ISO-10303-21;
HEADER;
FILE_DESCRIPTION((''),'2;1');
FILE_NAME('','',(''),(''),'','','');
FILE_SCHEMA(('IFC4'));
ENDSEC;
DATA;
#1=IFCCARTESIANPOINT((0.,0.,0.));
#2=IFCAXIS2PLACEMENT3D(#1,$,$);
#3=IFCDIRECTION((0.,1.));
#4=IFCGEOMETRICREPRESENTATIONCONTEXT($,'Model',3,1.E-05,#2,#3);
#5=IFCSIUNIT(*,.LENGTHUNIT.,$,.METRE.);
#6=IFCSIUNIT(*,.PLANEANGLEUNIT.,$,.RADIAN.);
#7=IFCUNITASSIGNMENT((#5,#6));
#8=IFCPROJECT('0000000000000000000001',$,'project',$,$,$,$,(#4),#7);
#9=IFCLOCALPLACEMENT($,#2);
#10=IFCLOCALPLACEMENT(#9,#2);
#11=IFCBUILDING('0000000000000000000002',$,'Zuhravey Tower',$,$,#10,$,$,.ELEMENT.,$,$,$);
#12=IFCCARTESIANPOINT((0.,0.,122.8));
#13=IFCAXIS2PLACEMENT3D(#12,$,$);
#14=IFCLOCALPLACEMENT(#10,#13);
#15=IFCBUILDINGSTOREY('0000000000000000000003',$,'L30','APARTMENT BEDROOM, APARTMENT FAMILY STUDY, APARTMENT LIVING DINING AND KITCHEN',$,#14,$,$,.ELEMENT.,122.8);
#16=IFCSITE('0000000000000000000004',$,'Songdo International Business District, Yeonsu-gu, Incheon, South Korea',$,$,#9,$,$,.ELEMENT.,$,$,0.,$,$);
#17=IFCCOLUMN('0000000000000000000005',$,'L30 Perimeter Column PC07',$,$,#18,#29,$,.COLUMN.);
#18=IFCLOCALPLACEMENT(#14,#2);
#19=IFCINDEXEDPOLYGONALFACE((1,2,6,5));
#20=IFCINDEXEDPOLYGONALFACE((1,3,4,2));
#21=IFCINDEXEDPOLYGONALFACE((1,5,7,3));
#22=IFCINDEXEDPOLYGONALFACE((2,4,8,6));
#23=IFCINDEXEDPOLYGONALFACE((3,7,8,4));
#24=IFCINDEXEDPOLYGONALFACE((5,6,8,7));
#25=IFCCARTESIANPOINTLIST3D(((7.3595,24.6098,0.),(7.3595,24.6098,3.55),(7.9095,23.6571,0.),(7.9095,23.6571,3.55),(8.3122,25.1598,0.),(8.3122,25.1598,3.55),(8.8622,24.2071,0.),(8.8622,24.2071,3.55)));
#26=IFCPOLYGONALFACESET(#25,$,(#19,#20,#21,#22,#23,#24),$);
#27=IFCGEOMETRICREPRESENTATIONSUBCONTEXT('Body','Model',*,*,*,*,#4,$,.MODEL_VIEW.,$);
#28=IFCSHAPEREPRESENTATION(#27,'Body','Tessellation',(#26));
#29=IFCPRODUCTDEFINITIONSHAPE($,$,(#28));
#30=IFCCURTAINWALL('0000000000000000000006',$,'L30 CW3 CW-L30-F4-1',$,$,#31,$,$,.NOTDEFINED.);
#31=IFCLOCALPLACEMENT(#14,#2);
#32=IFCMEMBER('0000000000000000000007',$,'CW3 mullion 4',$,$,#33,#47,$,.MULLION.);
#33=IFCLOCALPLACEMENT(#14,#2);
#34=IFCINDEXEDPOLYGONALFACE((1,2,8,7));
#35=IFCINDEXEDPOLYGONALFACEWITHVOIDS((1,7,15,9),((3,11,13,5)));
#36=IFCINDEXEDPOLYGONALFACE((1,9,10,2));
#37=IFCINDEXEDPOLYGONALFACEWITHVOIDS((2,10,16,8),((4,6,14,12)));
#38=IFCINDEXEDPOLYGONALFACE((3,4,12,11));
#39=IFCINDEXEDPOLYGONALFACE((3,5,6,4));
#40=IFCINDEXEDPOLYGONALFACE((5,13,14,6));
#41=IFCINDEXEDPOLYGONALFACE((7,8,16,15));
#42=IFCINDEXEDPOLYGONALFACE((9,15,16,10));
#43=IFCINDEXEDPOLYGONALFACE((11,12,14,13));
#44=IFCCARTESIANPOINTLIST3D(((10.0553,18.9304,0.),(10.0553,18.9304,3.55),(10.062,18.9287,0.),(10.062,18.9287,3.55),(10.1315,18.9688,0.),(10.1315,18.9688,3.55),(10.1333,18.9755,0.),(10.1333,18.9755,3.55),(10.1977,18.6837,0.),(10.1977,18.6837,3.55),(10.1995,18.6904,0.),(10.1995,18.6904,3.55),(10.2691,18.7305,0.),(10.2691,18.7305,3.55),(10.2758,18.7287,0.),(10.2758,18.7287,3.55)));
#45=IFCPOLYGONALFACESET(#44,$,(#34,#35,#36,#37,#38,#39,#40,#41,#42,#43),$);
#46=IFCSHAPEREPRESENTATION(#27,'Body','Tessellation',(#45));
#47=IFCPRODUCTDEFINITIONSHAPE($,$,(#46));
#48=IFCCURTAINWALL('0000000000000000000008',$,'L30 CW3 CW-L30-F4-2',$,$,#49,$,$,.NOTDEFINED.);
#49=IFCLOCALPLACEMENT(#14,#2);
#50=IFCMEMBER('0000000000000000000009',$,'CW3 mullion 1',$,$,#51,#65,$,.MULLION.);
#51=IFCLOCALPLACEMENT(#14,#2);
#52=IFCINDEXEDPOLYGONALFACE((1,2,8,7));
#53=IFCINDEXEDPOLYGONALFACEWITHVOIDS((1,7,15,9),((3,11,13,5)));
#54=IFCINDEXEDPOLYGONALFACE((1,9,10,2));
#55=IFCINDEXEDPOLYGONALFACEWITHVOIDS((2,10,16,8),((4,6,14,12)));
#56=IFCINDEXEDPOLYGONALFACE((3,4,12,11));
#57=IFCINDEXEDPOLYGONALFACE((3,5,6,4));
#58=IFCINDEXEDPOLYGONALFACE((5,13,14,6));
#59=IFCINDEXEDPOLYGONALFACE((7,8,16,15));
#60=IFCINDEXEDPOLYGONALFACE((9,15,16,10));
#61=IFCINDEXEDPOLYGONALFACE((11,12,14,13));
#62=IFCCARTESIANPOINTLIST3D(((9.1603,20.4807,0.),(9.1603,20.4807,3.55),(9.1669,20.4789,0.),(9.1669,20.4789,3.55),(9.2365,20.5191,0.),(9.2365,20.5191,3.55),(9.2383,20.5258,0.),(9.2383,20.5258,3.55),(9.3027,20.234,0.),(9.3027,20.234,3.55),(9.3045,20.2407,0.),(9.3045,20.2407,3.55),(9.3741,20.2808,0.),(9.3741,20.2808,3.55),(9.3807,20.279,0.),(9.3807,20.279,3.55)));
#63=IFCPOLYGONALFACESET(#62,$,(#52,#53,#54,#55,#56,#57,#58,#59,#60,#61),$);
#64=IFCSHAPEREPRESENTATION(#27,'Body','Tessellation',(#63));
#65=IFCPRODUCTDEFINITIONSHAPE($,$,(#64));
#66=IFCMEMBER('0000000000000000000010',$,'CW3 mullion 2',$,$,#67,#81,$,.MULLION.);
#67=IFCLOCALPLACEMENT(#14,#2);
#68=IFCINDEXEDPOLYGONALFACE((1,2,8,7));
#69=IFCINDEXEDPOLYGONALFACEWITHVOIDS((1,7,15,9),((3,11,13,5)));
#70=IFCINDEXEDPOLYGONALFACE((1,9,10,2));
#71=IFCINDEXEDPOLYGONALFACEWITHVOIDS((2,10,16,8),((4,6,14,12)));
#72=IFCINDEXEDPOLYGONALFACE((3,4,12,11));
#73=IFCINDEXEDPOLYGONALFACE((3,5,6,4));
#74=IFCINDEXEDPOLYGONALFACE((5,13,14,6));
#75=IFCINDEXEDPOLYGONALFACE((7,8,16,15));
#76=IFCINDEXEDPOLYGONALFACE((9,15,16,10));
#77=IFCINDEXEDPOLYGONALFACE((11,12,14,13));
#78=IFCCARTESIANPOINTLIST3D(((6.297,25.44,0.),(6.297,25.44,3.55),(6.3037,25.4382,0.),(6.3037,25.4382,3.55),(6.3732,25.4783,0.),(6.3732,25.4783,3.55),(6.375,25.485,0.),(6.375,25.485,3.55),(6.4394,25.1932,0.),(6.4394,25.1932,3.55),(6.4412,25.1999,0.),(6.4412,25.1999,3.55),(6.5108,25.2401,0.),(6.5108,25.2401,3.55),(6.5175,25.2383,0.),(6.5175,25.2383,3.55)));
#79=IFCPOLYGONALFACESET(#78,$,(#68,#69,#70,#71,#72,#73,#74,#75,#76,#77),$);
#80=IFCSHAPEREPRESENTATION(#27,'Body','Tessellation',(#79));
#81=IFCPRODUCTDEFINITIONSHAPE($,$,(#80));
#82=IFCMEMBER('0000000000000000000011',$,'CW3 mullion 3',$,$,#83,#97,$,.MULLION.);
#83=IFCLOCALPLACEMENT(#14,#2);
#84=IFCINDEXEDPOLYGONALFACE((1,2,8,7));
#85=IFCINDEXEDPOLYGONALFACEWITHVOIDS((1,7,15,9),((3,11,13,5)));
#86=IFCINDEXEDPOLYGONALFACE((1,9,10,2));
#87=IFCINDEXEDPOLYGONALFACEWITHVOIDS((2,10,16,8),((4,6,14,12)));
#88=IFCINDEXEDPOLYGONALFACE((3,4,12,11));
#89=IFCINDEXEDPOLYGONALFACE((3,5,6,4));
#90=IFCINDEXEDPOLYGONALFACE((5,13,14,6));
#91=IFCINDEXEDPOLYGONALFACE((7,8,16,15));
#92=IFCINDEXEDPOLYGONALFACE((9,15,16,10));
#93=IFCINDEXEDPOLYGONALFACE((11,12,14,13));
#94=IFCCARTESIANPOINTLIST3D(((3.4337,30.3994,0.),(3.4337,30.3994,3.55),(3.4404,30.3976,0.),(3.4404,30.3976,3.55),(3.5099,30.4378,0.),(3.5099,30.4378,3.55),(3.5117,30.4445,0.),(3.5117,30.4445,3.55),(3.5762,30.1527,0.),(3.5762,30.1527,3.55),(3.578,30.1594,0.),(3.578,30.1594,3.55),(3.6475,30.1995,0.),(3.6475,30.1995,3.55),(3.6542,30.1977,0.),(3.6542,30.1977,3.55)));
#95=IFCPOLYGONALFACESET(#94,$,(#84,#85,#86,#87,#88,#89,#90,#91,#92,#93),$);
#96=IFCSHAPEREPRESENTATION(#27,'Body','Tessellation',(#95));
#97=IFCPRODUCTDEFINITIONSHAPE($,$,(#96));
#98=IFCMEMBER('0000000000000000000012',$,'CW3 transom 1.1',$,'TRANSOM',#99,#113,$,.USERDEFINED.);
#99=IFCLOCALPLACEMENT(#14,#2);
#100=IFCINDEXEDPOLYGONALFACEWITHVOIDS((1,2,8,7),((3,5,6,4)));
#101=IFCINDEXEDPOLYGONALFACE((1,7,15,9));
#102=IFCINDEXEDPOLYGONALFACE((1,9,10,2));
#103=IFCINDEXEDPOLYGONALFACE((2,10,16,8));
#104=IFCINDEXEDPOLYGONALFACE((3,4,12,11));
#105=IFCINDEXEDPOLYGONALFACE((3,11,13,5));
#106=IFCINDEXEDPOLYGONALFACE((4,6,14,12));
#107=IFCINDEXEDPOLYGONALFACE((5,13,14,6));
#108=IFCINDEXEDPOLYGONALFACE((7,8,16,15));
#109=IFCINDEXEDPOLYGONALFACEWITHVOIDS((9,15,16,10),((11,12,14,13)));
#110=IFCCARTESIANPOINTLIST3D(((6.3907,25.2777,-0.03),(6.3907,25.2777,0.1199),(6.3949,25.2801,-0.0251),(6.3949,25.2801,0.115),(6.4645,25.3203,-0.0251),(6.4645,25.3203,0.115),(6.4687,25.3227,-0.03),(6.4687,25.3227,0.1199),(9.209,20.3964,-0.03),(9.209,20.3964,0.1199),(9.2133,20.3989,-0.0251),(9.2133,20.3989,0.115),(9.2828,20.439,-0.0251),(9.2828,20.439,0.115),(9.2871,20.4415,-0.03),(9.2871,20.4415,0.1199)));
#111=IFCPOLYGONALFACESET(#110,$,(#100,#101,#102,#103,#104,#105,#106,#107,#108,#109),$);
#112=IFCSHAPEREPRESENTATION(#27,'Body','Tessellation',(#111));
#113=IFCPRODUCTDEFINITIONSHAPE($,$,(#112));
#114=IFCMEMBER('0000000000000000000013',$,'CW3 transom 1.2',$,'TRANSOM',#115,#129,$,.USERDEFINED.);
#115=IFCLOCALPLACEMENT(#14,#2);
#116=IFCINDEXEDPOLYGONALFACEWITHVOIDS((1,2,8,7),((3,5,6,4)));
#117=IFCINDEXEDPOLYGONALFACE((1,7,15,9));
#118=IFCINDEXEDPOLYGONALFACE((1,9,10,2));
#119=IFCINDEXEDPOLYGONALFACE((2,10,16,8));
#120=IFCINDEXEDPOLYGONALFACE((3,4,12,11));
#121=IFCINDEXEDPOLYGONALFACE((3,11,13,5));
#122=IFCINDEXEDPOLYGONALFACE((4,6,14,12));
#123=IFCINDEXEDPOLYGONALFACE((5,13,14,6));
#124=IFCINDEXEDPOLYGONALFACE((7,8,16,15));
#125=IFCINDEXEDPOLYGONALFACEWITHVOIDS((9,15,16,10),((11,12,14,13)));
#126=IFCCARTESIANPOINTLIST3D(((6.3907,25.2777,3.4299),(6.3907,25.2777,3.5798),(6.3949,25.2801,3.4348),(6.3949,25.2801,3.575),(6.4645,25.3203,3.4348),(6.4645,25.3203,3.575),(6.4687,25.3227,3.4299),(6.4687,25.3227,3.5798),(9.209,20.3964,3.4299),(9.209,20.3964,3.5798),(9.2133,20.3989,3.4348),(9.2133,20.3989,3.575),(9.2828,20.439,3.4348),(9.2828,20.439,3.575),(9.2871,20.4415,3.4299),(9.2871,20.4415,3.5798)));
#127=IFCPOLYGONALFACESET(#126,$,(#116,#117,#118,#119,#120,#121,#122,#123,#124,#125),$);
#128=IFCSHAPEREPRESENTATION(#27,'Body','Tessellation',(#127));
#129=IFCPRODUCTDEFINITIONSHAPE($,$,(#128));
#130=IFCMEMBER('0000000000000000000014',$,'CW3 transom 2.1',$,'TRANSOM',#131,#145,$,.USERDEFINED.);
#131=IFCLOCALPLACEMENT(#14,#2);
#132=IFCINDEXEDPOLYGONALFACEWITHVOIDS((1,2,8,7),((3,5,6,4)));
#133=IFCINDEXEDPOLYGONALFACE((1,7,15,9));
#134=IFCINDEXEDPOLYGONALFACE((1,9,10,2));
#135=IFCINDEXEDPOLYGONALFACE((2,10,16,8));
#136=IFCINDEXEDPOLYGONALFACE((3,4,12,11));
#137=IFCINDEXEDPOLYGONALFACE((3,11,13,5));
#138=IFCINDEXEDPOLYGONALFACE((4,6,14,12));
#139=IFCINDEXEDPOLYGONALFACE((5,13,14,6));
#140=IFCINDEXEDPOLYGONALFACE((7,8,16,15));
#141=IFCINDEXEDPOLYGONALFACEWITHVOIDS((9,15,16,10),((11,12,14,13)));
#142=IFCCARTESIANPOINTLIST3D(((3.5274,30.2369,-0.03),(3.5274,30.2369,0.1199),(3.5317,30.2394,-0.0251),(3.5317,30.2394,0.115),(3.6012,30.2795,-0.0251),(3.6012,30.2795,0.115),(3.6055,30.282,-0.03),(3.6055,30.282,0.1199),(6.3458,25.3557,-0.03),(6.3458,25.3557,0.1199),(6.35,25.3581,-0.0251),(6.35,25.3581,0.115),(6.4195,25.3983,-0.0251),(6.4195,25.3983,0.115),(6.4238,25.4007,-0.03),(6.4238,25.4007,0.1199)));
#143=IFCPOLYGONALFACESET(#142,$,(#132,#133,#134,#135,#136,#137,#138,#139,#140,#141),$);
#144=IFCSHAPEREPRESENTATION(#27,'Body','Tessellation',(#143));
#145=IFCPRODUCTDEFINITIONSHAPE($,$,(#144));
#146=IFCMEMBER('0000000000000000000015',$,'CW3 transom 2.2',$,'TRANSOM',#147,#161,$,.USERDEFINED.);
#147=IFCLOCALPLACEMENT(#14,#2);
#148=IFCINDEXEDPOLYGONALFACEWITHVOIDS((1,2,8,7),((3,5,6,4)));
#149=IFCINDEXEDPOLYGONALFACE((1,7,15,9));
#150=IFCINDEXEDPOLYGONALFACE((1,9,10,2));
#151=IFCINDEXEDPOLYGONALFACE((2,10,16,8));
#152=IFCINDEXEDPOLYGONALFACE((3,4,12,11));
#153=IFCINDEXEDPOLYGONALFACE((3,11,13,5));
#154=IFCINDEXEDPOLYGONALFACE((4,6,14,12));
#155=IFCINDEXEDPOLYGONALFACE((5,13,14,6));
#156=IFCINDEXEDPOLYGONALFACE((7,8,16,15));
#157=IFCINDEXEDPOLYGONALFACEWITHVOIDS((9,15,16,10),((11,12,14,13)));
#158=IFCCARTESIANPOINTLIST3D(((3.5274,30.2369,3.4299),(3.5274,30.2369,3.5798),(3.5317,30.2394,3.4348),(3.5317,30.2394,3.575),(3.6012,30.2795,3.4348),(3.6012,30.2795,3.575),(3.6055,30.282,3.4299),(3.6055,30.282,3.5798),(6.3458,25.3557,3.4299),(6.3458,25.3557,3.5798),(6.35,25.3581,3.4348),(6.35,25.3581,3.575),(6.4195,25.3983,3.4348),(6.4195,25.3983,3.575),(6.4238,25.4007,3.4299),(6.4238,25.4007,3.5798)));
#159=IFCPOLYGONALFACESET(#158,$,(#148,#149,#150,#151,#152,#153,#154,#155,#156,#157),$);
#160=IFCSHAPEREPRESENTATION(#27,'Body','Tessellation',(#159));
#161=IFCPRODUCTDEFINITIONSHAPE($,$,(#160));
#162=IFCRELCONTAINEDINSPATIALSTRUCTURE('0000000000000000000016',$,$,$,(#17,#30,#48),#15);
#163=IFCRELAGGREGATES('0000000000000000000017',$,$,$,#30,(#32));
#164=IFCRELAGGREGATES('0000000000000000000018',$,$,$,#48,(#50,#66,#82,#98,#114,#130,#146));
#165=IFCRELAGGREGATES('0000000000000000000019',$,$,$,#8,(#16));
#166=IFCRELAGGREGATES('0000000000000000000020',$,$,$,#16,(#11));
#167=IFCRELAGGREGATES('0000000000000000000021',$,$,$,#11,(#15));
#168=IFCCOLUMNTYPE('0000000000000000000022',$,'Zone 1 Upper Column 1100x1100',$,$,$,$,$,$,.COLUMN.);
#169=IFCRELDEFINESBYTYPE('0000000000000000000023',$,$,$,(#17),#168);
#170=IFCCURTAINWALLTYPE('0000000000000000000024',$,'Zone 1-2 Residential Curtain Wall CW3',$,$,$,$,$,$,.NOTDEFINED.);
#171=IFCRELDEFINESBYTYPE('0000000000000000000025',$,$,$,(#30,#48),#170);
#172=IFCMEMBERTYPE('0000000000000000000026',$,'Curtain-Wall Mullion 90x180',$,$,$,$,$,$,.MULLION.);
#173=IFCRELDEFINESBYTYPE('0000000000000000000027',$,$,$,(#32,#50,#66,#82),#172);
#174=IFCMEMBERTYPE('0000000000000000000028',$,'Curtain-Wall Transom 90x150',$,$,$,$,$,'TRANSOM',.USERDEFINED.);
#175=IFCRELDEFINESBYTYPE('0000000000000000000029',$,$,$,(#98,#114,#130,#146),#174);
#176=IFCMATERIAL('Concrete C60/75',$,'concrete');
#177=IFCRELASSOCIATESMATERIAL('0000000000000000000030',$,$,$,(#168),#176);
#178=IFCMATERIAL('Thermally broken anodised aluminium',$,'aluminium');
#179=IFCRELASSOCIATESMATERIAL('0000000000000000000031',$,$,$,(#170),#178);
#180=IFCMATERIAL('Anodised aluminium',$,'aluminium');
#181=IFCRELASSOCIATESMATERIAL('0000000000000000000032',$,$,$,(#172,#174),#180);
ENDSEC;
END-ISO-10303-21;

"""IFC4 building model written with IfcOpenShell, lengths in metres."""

from ifc_helpers import new_model, si_unit, direction, frame, origin, origin_2d, place, context, subcontext, project, spatial, rectangle, hollow_rectangle, extrude, material, material_profile, profile_set, type_object, element, aggregate, save


model = new_model("IFC4")

# Units and contexts
model_context = context("Model", 3, precision=1e-05, world=origin(), true_north=direction((0.0, 1.0)))
body_context = subcontext(model_context, "Body", "Model", "MODEL_VIEW")
ifc_project = project(units=[si_unit("LENGTHUNIT", "METRE"), si_unit("PLANEANGLEUNIT", "RADIAN")], contexts=[model_context])

# Site, building, storey
site_placement = place(None, origin())
site = spatial("IfcSite", under=ifc_project, at=site_placement, Name="Songdo International Business District, Yeonsu-gu, Incheon, South Korea", CompositionType="ELEMENT", RefElevation=0.0)
building_placement = place(site_placement, origin())
building = spatial("IfcBuilding", under=site, at=building_placement, Name="Zuhravey Tower", CompositionType="ELEMENT")
storey_placement = place(building_placement, frame((0.0, 0.0, 122.8)))
storey = spatial("IfcBuildingStorey", under=building, at=storey_placement, Name="L30", Description="APARTMENT BEDROOM, APARTMENT FAMILY STUDY, APARTMENT LIVING DINING AND KITCHEN", CompositionType="ELEMENT", Elevation=122.8)

# Column
ifc_material_1 = material(Name="Concrete C60/75", Category="concrete")
ifc_material_profile_1 = material_profile(ifc_material_1, rectangle(XDim=1.1001, YDim=1.1001, at=origin_2d()), Name="RC-1100x1100")
ifc_profile_set_1 = profile_set([ifc_material_profile_1], Name="Concrete C60/75")
column_type = type_object("IfcColumnType", Name="Zone 1 Upper Column 1100x1100", PredefinedType="COLUMN", material=ifc_profile_set_1)
column_placement = place(storey_placement, frame((8.1108, 24.4084, 0.0), z_axis=(0.0, 0.0, 1.0), x_axis=(0.5, -0.866025, 0.0)))
element("IfcColumn", 1, at=column_placement, inside=storey, type_object=column_type, Name="L30 Perimeter Column PC07", PredefinedType="COLUMN", context=body_context, shape_type="SweptSolid", body=[
    extrude(rectangle(XDim=1.1001, YDim=1.1001, at=origin_2d()), origin(), (0.0, 0.0, 1.0), 3.55),
])

# Curtain wall, member
ifc_material_2 = material(Name="Thermally broken anodised aluminium", Category="aluminium")
curtain_wall_type = type_object("IfcCurtainWallType", Name="Zone 1-2 Residential Curtain Wall CW3", PredefinedType="NOTDEFINED", material=ifc_material_2)
curtain_wall_1_placement = place(storey_placement, origin())
curtain_wall_1 = element("IfcCurtainWall", 2, at=curtain_wall_1_placement, inside=storey, type_object=curtain_wall_type, Name="L30 CW3 CW-L30-F4-1", PredefinedType="NOTDEFINED")
ifc_material_3 = material(Name="Anodised aluminium", Category="aluminium")
ifc_material_profile_2 = material_profile(ifc_material_3, hollow_rectangle(XDim=0.0901, YDim=0.2849, WallThickness=0.0049, at=origin_2d()), Name="ALU-RHS-90x285x5")
ifc_profile_set_2 = profile_set([ifc_material_profile_2], Name="Anodised aluminium")
member_type_1 = type_object("IfcMemberType", Name="Curtain-Wall Mullion 90x180", PredefinedType="MULLION", material=ifc_profile_set_2)
member_1_placement = place(storey_placement, frame((10.1655, 18.8296, 0.0), z_axis=(0.0, 0.0, 1.0), x_axis=(-0.866026, -0.499998, 0.0)))
member_1 = element("IfcMember", 3, at=member_1_placement, type_object=member_type_1, Name="CW3 mullion 4", PredefinedType="MULLION", context=body_context, shape_type="SweptSolid", body=[
    extrude(hollow_rectangle(XDim=0.0901, YDim=0.2849, WallThickness=0.0049, at=origin_2d()), origin(), (0.0, 0.0, 1.0), 3.55),
])
aggregate(curtain_wall_1, [member_1])

# Curtain wall, members
curtain_wall_2_placement = place(storey_placement, origin())
curtain_wall_2 = element("IfcCurtainWall", 4, at=curtain_wall_2_placement, inside=storey, type_object=curtain_wall_type, Name="L30 CW3 CW-L30-F4-2", PredefinedType="NOTDEFINED")
member_2_placement = place(storey_placement, frame((9.2705, 20.3799, 0.0), z_axis=(0.0, 0.0, 1.0), x_axis=(-0.866023, -0.500004, 0.0)))
member_2 = element("IfcMember", 5, at=member_2_placement, type_object=member_type_1, Name="CW3 mullion 1", PredefinedType="MULLION", context=body_context, shape_type="SweptSolid", body=[
    extrude(hollow_rectangle(XDim=0.0901, YDim=0.2849, WallThickness=0.0049, at=origin_2d()), origin(), (0.0, 0.0, 1.0), 3.55),
])
member_3_placement = place(storey_placement, frame((6.4072, 25.3391, 0.0), z_axis=(0.0, 0.0, 1.0), x_axis=(-0.866023, -0.500004, 0.0)))
member_3 = element("IfcMember", 6, at=member_3_placement, type_object=member_type_1, Name="CW3 mullion 2", PredefinedType="MULLION", context=body_context, shape_type="SweptSolid", body=[
    extrude(hollow_rectangle(XDim=0.0901, YDim=0.2849, WallThickness=0.0049, at=origin_2d()), origin(), (0.0, 0.0, 1.0), 3.55),
])
member_4_placement = place(storey_placement, frame((3.5439, 30.2986, 0.0), z_axis=(0.0, 0.0, 1.0), x_axis=(-0.866023, -0.500004, 0.0)))
member_4 = element("IfcMember", 7, at=member_4_placement, type_object=member_type_1, Name="CW3 mullion 3", PredefinedType="MULLION", context=body_context, shape_type="SweptSolid", body=[
    extrude(hollow_rectangle(XDim=0.0901, YDim=0.2849, WallThickness=0.0049, at=origin_2d()), origin(), (0.0, 0.0, 1.0), 3.55),
])
ifc_material_profile_3 = material_profile(ifc_material_3, hollow_rectangle(XDim=0.0901, YDim=0.1499, WallThickness=0.0049, at=origin_2d()), Name="ALU-RHS-90x150x5")
ifc_profile_set_3 = profile_set([ifc_material_profile_3], Name="Anodised aluminium")
member_type_2 = type_object("IfcMemberType", Name="Curtain-Wall Transom 90x150", ElementType="TRANSOM", PredefinedType="USERDEFINED", material=ifc_profile_set_3)
member_5_placement = place(storey_placement, frame((9.248, 20.4189, 0.0449), z_axis=(-0.500015, 0.866017, 0.0), x_axis=(-0.866017, -0.500015, 0.0)))
member_5 = element("IfcMember", 8, at=member_5_placement, type_object=member_type_2, Name="CW3 transom 1.1", ObjectType="TRANSOM", PredefinedType="USERDEFINED", context=body_context, shape_type="SweptSolid", body=[
    extrude(hollow_rectangle(XDim=0.0901, YDim=0.1499, WallThickness=0.0049, at=origin_2d()), origin(), (0.0, 0.0, 1.0), 5.6365),
])
member_6_placement = place(storey_placement, frame((9.248, 20.4189, 3.5049), z_axis=(-0.500015, 0.866017, 0.0), x_axis=(-0.866017, -0.500015, 0.0)))
member_6 = element("IfcMember", 9, at=member_6_placement, type_object=member_type_2, Name="CW3 transom 1.2", ObjectType="TRANSOM", PredefinedType="USERDEFINED", context=body_context, shape_type="SweptSolid", body=[
    extrude(hollow_rectangle(XDim=0.0901, YDim=0.1499, WallThickness=0.0049, at=origin_2d()), origin(), (0.0, 0.0, 1.0), 5.6365),
])
member_7_placement = place(storey_placement, frame((6.3848, 25.3782, 0.0449), z_axis=(-0.500015, 0.866017, 0.0), x_axis=(-0.866017, -0.500015, 0.0)))
member_7 = element("IfcMember", 10, at=member_7_placement, type_object=member_type_2, Name="CW3 transom 2.1", ObjectType="TRANSOM", PredefinedType="USERDEFINED", context=body_context, shape_type="SweptSolid", body=[
    extrude(hollow_rectangle(XDim=0.0901, YDim=0.1499, WallThickness=0.0049, at=origin_2d()), origin(), (0.0, 0.0, 1.0), 5.6365),
])
member_8_placement = place(storey_placement, frame((6.3848, 25.3782, 3.5049), z_axis=(-0.500015, 0.866017, 0.0), x_axis=(-0.866017, -0.500015, 0.0)))
member_8 = element("IfcMember", 11, at=member_8_placement, type_object=member_type_2, Name="CW3 transom 2.2", ObjectType="TRANSOM", PredefinedType="USERDEFINED", context=body_context, shape_type="SweptSolid", body=[
    extrude(hollow_rectangle(XDim=0.0901, YDim=0.1499, WallThickness=0.0049, at=origin_2d()), origin(), (0.0, 0.0, 1.0), 5.6365),
])

aggregate(curtain_wall_2, [member_2, member_3, member_4, member_5, member_6, member_7, member_8])

save(model, "model.ifc")
